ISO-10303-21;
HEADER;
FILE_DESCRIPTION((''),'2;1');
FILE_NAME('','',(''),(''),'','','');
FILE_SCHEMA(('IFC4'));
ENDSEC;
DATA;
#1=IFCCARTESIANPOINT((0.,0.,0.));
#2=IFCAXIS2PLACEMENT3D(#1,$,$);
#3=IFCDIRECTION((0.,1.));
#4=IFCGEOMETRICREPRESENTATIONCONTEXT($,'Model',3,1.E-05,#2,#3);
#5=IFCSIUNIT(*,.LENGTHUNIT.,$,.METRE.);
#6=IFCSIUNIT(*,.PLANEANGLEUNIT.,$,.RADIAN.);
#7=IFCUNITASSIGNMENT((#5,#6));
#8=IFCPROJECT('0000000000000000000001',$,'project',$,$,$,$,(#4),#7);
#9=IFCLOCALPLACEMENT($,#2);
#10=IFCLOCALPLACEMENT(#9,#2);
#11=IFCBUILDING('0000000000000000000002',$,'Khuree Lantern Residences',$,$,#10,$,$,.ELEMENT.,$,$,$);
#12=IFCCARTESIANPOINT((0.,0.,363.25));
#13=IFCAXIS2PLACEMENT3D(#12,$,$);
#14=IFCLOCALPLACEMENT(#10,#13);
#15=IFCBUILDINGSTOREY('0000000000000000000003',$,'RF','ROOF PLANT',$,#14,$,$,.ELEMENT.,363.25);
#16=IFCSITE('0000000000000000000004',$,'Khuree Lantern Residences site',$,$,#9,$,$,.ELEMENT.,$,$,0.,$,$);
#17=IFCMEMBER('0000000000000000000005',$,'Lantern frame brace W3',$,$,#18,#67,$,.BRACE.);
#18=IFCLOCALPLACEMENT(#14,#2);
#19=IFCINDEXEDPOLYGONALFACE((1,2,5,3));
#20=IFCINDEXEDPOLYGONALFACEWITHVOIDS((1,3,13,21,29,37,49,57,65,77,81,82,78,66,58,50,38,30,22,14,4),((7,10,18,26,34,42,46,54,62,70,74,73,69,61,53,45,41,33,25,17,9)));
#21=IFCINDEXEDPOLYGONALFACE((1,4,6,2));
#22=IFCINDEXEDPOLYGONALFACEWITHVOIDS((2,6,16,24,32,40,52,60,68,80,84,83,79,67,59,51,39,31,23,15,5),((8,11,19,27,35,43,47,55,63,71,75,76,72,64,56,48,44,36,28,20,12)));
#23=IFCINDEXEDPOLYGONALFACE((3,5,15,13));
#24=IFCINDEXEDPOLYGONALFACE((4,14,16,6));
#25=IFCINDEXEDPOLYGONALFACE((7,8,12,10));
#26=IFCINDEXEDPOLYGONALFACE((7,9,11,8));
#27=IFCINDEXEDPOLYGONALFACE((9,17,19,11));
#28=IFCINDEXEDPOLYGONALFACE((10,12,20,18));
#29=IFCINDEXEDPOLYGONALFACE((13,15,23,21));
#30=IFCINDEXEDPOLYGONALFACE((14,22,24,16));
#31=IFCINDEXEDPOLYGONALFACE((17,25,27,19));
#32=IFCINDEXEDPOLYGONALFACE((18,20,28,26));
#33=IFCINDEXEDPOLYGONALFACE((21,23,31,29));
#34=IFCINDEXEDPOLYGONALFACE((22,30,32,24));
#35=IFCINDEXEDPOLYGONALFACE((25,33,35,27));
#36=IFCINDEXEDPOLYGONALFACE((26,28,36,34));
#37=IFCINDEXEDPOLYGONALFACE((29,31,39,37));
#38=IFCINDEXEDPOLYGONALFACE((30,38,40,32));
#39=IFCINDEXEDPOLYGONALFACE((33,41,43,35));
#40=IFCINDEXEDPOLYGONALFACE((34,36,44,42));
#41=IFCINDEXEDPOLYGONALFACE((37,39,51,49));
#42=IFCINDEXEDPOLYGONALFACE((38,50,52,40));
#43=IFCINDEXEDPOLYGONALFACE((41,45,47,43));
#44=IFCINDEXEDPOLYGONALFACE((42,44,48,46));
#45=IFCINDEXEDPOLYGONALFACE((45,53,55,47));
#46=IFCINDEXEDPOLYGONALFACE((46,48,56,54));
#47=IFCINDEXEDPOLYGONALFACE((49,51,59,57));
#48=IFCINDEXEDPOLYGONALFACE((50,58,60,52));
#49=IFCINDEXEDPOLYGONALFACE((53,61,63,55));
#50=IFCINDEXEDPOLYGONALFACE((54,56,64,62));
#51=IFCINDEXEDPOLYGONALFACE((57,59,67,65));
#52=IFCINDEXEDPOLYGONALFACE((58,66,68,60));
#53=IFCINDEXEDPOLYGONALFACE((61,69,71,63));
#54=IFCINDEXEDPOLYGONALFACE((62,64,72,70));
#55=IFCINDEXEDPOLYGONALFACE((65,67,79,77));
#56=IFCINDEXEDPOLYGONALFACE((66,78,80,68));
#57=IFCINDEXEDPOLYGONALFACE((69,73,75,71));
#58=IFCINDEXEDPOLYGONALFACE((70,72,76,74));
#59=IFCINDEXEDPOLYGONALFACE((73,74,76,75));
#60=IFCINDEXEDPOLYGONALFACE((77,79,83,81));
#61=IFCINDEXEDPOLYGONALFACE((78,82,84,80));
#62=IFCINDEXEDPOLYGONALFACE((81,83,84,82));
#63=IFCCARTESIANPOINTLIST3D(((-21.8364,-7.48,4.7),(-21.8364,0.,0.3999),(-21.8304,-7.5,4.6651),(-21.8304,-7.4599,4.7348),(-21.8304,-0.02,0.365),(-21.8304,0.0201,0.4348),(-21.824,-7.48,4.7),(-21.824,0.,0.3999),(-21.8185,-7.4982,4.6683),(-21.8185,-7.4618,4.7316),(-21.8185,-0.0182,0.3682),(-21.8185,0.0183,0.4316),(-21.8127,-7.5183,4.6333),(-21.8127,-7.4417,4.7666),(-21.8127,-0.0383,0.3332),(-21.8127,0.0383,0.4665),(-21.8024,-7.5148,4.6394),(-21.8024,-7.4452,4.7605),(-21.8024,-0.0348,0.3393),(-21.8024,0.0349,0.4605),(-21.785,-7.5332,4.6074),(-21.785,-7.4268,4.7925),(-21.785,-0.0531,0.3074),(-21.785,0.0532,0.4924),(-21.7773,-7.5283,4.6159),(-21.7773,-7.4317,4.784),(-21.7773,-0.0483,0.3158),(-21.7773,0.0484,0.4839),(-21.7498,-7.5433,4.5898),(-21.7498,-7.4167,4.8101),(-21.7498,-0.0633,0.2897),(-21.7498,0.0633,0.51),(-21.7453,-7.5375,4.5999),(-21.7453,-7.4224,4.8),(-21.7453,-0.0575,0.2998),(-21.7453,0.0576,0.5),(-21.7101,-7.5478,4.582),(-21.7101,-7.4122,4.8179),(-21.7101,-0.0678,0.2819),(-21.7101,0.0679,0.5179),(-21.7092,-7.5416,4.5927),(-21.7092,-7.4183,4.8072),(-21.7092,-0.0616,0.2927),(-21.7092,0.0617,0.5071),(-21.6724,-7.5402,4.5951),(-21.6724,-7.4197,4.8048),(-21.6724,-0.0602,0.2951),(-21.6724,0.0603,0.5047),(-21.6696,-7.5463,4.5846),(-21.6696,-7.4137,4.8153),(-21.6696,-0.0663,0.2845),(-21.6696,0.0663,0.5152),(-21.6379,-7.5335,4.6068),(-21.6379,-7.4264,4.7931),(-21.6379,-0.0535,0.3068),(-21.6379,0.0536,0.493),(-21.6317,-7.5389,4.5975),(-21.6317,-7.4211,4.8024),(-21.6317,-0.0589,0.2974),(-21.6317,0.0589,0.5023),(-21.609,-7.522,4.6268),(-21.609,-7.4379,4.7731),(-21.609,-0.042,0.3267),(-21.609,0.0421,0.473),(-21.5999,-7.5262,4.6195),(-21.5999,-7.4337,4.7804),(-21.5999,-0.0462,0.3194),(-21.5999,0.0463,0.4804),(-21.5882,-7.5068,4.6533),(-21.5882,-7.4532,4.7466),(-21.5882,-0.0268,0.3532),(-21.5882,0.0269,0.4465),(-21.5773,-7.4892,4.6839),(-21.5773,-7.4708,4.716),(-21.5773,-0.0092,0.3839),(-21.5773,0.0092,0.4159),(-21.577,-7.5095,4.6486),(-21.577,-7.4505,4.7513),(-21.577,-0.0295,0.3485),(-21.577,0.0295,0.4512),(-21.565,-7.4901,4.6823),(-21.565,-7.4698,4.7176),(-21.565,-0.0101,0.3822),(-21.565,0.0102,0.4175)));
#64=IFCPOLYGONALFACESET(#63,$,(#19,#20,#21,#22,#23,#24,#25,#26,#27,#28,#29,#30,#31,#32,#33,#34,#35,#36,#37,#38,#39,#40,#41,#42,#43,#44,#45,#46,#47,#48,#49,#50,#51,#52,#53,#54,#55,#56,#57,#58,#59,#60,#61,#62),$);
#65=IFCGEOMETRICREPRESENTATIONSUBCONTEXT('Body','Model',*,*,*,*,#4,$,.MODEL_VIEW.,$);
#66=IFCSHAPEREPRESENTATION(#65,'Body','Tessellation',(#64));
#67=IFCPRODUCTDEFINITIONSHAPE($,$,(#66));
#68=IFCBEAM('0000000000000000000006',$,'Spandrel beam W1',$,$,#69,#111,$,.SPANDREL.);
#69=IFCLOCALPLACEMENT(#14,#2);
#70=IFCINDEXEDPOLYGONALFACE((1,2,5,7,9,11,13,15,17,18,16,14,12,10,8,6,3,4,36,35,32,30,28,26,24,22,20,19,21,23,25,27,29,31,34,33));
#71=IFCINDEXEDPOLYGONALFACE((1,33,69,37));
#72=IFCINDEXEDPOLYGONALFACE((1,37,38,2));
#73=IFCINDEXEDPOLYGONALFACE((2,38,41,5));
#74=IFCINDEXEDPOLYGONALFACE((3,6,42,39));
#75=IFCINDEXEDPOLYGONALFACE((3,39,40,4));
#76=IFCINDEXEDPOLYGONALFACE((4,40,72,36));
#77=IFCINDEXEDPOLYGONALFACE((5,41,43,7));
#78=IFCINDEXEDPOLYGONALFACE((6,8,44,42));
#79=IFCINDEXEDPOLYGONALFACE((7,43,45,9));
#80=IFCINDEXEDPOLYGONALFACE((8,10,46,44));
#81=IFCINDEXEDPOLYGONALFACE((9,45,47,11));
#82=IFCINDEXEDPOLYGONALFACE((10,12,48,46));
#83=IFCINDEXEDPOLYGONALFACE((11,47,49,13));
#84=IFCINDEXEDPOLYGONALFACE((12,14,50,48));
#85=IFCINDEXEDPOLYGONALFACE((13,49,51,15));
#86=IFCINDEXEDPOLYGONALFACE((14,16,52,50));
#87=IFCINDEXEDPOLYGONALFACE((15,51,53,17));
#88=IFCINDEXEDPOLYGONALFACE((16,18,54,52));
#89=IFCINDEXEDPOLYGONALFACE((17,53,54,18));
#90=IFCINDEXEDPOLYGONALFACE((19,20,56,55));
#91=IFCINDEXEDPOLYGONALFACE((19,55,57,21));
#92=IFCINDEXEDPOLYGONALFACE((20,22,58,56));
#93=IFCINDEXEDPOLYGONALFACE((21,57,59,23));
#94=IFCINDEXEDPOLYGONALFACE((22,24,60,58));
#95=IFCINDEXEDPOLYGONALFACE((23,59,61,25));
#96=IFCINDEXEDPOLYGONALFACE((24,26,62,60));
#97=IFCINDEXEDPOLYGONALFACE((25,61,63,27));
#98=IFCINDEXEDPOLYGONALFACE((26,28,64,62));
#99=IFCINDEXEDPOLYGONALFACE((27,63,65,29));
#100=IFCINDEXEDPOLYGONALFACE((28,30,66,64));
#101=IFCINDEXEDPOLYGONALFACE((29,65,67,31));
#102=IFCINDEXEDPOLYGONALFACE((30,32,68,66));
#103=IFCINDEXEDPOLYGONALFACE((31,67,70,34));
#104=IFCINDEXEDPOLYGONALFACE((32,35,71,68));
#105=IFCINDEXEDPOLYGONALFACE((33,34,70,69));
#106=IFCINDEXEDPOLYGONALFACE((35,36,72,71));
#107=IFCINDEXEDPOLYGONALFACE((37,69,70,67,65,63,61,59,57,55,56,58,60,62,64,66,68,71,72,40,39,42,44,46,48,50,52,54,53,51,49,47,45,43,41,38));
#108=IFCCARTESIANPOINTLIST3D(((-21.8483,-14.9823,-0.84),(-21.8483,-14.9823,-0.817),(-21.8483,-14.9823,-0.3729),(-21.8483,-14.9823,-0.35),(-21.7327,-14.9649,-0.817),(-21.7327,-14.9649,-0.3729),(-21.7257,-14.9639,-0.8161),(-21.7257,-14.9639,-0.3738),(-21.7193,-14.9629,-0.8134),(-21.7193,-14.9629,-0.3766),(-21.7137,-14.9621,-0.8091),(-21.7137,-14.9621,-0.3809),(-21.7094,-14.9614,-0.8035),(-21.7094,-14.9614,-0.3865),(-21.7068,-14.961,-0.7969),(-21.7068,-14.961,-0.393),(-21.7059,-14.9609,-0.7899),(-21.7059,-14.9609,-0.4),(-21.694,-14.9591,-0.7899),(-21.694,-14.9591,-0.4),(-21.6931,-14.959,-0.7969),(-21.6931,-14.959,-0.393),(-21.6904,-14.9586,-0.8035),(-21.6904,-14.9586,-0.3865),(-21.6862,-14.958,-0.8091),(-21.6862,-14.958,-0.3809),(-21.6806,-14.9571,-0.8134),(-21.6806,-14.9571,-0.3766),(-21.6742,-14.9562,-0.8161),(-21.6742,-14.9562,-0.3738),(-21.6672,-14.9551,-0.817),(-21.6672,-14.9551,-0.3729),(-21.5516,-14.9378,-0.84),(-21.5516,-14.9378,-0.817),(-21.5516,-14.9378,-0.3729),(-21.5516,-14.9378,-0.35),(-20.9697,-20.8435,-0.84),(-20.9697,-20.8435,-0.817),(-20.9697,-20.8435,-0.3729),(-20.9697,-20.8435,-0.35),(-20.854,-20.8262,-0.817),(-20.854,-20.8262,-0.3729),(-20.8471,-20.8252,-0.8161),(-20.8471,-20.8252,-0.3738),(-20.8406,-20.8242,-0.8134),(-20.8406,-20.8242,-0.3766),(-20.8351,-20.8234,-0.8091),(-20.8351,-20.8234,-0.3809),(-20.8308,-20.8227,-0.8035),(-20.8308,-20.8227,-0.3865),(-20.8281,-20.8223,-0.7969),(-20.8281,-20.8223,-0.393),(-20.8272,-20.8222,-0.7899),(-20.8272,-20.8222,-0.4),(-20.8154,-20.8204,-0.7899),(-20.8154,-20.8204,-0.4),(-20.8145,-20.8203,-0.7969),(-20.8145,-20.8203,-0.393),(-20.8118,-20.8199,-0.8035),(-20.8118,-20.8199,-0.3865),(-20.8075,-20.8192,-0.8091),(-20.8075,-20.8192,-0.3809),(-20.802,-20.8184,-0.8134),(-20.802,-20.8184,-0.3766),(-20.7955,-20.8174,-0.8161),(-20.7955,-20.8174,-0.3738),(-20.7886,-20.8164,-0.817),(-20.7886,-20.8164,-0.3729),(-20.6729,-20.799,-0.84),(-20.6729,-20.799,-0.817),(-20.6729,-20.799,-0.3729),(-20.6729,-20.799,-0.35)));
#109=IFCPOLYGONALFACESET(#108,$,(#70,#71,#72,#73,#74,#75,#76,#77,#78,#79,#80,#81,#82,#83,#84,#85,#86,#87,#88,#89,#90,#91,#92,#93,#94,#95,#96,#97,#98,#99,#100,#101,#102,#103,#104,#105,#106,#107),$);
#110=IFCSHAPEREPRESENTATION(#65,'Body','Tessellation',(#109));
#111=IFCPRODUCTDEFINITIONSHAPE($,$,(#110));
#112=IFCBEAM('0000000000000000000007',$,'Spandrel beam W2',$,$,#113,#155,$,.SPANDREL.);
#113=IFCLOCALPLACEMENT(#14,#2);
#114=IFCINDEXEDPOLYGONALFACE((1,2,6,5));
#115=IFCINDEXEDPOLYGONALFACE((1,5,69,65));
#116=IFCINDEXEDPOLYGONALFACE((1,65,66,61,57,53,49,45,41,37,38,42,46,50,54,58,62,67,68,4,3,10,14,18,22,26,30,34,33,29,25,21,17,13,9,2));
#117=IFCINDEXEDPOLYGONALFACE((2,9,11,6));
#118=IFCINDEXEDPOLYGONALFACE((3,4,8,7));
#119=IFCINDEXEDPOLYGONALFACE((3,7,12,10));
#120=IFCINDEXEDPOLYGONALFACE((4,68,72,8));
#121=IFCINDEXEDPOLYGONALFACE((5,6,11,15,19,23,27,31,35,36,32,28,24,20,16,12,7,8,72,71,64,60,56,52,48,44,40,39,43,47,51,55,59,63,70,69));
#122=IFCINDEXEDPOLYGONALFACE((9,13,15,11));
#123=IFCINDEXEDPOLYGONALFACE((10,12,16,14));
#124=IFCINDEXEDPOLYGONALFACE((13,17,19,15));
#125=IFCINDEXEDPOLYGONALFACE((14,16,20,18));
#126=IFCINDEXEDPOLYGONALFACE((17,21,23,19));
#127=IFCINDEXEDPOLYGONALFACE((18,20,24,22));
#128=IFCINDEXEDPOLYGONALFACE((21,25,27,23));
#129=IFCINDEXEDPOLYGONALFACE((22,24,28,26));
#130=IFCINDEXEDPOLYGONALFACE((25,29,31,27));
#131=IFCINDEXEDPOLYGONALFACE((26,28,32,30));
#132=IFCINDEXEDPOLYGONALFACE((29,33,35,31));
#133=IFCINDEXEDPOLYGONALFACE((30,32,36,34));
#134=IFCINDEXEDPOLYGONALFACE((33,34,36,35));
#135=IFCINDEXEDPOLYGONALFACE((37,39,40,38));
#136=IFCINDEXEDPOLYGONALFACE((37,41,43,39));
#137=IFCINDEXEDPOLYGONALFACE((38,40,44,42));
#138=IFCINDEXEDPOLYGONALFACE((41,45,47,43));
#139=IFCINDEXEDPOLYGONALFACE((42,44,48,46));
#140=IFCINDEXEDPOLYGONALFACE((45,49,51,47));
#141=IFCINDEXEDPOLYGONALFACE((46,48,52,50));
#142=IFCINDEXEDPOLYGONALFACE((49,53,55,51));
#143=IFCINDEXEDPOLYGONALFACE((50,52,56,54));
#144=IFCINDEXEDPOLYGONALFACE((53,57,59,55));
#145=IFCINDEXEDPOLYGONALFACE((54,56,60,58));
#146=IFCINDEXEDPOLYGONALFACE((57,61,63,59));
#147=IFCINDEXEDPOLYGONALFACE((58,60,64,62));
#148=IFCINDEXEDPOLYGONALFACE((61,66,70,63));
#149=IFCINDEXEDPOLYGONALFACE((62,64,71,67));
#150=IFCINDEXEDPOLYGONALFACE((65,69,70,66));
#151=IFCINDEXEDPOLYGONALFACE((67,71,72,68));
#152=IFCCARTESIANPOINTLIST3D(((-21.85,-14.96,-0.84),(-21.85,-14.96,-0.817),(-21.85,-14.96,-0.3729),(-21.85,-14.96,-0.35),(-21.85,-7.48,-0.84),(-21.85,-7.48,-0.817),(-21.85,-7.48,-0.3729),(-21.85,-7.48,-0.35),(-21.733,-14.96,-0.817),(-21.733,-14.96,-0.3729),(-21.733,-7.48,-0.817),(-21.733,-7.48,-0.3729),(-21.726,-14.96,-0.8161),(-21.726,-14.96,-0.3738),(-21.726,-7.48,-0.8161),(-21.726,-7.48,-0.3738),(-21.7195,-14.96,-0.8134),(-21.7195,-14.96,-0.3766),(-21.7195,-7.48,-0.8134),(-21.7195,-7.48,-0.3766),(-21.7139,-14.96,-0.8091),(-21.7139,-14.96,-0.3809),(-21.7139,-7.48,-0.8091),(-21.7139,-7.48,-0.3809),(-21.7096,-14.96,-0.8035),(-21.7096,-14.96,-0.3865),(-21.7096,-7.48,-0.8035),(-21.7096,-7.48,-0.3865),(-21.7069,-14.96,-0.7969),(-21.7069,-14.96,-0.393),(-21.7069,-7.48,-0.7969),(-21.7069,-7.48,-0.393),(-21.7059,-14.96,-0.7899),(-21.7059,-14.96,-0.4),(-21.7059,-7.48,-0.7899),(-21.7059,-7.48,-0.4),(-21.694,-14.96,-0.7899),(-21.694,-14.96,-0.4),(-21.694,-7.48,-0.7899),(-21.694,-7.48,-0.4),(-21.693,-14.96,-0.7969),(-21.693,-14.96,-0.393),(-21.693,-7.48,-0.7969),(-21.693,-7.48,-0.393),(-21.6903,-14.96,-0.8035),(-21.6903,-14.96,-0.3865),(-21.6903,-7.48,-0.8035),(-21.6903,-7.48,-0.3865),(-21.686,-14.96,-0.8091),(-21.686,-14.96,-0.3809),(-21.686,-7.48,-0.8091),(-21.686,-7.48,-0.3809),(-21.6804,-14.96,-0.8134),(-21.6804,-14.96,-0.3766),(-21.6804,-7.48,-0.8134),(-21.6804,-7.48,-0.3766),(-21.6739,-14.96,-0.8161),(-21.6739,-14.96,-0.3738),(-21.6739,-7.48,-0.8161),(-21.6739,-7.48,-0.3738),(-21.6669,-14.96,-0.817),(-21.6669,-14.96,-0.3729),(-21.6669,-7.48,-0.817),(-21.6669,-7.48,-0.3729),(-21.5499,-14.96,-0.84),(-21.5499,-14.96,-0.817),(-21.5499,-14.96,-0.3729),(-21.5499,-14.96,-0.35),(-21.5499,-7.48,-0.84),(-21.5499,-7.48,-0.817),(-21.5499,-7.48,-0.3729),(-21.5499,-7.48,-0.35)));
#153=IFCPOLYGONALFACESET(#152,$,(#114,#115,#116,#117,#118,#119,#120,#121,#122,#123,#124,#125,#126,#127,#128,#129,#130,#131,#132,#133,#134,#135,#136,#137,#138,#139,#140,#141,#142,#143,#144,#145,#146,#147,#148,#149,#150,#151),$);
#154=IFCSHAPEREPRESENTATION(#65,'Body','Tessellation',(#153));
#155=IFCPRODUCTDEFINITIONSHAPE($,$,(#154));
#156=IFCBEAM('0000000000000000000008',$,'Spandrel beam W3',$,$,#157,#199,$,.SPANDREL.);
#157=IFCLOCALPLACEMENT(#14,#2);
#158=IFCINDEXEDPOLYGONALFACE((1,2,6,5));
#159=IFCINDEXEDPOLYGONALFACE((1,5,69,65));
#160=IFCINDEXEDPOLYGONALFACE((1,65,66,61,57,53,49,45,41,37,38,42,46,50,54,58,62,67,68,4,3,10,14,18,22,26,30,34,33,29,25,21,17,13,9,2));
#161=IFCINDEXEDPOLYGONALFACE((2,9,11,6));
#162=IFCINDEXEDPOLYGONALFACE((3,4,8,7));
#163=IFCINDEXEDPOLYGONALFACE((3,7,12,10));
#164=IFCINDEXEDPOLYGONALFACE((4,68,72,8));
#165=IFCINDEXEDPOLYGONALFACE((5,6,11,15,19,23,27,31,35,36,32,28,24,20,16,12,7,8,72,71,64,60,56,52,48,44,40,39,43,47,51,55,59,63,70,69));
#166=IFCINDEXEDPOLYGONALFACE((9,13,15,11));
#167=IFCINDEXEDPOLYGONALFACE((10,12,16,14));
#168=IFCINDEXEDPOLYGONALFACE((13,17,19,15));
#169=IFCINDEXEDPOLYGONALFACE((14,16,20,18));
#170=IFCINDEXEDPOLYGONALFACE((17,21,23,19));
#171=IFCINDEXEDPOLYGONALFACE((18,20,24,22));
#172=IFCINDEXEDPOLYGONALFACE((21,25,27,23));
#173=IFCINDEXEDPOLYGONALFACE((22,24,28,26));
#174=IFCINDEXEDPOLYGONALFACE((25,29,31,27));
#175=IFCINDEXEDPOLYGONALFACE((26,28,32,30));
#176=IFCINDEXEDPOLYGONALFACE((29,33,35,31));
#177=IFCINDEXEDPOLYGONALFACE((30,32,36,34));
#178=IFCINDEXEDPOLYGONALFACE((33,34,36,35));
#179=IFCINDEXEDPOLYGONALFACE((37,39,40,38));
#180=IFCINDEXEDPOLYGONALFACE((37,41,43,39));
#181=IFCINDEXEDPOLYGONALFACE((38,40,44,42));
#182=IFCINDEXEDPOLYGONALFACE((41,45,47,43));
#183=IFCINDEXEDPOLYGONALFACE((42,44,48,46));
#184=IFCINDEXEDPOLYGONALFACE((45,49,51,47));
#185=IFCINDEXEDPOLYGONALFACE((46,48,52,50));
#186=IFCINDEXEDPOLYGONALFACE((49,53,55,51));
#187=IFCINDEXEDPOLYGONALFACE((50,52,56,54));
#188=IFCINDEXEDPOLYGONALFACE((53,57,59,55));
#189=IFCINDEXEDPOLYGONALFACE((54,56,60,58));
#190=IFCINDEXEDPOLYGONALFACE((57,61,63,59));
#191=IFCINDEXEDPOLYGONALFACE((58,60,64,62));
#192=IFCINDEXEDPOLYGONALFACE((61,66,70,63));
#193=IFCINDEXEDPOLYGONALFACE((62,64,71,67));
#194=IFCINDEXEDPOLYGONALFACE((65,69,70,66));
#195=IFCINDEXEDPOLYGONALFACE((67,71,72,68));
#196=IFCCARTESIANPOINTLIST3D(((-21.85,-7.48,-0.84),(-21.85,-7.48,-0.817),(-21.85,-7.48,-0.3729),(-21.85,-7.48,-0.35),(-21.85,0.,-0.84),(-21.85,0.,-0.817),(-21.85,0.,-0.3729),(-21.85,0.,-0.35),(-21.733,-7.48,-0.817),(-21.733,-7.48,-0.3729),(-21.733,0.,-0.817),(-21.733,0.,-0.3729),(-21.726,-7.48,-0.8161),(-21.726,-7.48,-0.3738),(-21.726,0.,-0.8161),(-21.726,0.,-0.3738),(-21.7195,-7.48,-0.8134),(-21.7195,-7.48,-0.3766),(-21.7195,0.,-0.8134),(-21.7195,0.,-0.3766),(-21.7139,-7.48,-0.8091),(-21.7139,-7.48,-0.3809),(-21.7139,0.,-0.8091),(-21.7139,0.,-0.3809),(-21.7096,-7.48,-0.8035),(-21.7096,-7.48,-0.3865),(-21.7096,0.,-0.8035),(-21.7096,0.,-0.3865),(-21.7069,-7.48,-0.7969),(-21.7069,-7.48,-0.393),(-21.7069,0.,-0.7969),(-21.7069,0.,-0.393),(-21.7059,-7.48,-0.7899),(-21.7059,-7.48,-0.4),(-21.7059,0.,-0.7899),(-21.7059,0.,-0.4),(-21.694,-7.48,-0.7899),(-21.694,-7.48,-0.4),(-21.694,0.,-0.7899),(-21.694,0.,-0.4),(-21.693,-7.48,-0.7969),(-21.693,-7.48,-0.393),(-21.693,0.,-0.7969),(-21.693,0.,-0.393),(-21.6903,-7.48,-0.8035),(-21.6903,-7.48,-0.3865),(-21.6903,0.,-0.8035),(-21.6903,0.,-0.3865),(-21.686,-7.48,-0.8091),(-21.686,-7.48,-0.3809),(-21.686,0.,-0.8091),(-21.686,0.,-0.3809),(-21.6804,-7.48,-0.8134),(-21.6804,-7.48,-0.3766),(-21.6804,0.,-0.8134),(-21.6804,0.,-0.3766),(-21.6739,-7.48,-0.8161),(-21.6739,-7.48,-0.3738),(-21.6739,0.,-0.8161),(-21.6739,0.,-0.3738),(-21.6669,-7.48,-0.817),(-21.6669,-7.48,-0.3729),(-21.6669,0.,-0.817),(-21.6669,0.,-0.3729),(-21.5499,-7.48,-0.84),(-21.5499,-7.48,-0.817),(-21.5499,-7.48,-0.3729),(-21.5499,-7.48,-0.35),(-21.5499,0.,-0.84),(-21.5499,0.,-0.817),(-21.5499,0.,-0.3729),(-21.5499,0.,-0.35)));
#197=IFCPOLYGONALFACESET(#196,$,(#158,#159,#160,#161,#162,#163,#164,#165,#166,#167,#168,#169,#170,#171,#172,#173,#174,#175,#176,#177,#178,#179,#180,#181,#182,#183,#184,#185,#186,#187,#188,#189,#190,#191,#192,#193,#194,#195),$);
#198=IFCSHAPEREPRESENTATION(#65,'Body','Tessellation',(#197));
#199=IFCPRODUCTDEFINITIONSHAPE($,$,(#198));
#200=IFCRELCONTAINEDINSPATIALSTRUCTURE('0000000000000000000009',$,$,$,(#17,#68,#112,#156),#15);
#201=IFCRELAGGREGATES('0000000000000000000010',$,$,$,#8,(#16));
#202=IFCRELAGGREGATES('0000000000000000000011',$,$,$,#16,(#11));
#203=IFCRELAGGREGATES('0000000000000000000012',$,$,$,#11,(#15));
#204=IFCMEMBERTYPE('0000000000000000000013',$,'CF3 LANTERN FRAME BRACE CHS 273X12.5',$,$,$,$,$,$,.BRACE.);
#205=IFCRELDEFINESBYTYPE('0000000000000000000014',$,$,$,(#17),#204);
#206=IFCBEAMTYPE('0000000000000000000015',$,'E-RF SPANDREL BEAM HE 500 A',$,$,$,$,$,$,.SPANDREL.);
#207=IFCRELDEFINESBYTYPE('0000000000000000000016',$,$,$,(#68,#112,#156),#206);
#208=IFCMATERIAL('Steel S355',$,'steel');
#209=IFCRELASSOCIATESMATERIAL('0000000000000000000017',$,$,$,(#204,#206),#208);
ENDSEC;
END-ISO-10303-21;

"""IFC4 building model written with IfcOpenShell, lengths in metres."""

from ifc_helpers import new_model, si_unit, direction, frame, origin, origin_2d, place, context, subcontext, project, spatial, hollow_circle, i_section, extrude, material, material_profile, profile_set, type_object, element, save


model = new_model("IFC4")

# Units and contexts
model_context = context("Model", 3, precision=1e-05, world=origin(), true_north=direction((0.0, 1.0)))
body_context = subcontext(model_context, "Body", "Model", "MODEL_VIEW")
ifc_project = project(units=[si_unit("LENGTHUNIT", "METRE"), si_unit("PLANEANGLEUNIT", "RADIAN")], contexts=[model_context])

# Site, building, storey
site_placement = place(None, origin())
site = spatial("IfcSite", under=ifc_project, at=site_placement, Name="Khuree Lantern Residences site", CompositionType="ELEMENT", RefElevation=0.0)
building_placement = place(site_placement, origin())
building = spatial("IfcBuilding", under=site, at=building_placement, Name="Khuree Lantern Residences", CompositionType="ELEMENT")
storey_placement = place(building_placement, frame((0.0, 0.0, 363.25)))
storey = spatial("IfcBuildingStorey", under=building, at=storey_placement, Name="RF", Description="ROOF PLANT", CompositionType="ELEMENT", Elevation=363.25)

# Shared definitions
ifc_material_1 = material(Name="Steel S355", Category="steel")

# Member
ifc_material_profile_1 = material_profile(ifc_material_1, hollow_circle(Radius=0.1365, WallThickness=0.0125, at=origin_2d()), Name="CHS 273X12.5")
ifc_profile_set_1 = profile_set([ifc_material_profile_1], Name="Steel S355")
member_type_1 = type_object("IfcMemberType", Name="CF3 LANTERN FRAME BRACE CHS 273X12.5", PredefinedType="BRACE", material=ifc_profile_set_1)
for number, where, z_axis, x_axis, name in (
    (1, (-21.7, -7.48, 4.7), (0.0, 0.866953, -0.498389), (-1.0, 0.0, 0.0), "Lantern frame brace W3"),
):
    element("IfcMember", number, at=place(storey_placement, frame(where, z_axis=z_axis, x_axis=x_axis)), inside=storey, type_object=member_type_1, Name=name, PredefinedType="BRACE", context=body_context, shape_type="SweptSolid", body=[
        extrude(hollow_circle(Radius=0.1365, WallThickness=0.0125, at=origin_2d()), origin(), (0.0, 0.0, 1.0), 8.6279),
    ])

# Beams
ifc_material_profile_2 = material_profile(ifc_material_1, i_section(OverallWidth=0.3, OverallDepth=0.49, WebThickness=0.012, FlangeThickness=0.0229, FilletRadius=0.0271, at=origin_2d()), Name="HE 500 A")
ifc_profile_set_2 = profile_set([ifc_material_profile_2], Name="Steel S355")
beam_type_1 = type_object("IfcBeamType", Name="E-RF SPANDREL BEAM HE 500 A", PredefinedType="SPANDREL", material=ifc_profile_set_2)
beam_1_placement = place(storey_placement, frame((-20.8213, -20.8213, -0.595), z_axis=(-0.148252, 0.98895, 0.0), x_axis=(-0.98895, -0.148252, 0.0)))
element("IfcBeam", 2, at=beam_1_placement, inside=storey, type_object=beam_type_1, Name="Spandrel beam W1", PredefinedType="SPANDREL", context=body_context, shape_type="SweptSolid", body=[
    extrude(i_section(OverallWidth=0.3, OverallDepth=0.49, WebThickness=0.012, FlangeThickness=0.0229, FilletRadius=0.0271, at=origin_2d()), origin(), (0.0, 0.0, 1.0), 5.9268),
])
for number, where, z_axis, x_axis, name in (
    (3, (-21.7, -14.96, -0.595), (0.0, 1.0, 0.0), (-1.0, 0.0, 0.0), "Spandrel beam W2"),
    (4, (-21.7, -7.48, -0.595), (0.0, 1.0, 0.0), (-1.0, 0.0, 0.0), "Spandrel beam W3"),
):
    element("IfcBeam", number, at=place(storey_placement, frame(where, z_axis=z_axis, x_axis=x_axis)), inside=storey, type_object=beam_type_1, Name=name, PredefinedType="SPANDREL", context=body_context, shape_type="SweptSolid", body=[
        extrude(i_section(OverallWidth=0.3, OverallDepth=0.49, WebThickness=0.012, FlangeThickness=0.0229, FilletRadius=0.0271, at=origin_2d()), origin(), (0.0, 0.0, 1.0), 7.48),
    ])

save(model, "model.ifc")
